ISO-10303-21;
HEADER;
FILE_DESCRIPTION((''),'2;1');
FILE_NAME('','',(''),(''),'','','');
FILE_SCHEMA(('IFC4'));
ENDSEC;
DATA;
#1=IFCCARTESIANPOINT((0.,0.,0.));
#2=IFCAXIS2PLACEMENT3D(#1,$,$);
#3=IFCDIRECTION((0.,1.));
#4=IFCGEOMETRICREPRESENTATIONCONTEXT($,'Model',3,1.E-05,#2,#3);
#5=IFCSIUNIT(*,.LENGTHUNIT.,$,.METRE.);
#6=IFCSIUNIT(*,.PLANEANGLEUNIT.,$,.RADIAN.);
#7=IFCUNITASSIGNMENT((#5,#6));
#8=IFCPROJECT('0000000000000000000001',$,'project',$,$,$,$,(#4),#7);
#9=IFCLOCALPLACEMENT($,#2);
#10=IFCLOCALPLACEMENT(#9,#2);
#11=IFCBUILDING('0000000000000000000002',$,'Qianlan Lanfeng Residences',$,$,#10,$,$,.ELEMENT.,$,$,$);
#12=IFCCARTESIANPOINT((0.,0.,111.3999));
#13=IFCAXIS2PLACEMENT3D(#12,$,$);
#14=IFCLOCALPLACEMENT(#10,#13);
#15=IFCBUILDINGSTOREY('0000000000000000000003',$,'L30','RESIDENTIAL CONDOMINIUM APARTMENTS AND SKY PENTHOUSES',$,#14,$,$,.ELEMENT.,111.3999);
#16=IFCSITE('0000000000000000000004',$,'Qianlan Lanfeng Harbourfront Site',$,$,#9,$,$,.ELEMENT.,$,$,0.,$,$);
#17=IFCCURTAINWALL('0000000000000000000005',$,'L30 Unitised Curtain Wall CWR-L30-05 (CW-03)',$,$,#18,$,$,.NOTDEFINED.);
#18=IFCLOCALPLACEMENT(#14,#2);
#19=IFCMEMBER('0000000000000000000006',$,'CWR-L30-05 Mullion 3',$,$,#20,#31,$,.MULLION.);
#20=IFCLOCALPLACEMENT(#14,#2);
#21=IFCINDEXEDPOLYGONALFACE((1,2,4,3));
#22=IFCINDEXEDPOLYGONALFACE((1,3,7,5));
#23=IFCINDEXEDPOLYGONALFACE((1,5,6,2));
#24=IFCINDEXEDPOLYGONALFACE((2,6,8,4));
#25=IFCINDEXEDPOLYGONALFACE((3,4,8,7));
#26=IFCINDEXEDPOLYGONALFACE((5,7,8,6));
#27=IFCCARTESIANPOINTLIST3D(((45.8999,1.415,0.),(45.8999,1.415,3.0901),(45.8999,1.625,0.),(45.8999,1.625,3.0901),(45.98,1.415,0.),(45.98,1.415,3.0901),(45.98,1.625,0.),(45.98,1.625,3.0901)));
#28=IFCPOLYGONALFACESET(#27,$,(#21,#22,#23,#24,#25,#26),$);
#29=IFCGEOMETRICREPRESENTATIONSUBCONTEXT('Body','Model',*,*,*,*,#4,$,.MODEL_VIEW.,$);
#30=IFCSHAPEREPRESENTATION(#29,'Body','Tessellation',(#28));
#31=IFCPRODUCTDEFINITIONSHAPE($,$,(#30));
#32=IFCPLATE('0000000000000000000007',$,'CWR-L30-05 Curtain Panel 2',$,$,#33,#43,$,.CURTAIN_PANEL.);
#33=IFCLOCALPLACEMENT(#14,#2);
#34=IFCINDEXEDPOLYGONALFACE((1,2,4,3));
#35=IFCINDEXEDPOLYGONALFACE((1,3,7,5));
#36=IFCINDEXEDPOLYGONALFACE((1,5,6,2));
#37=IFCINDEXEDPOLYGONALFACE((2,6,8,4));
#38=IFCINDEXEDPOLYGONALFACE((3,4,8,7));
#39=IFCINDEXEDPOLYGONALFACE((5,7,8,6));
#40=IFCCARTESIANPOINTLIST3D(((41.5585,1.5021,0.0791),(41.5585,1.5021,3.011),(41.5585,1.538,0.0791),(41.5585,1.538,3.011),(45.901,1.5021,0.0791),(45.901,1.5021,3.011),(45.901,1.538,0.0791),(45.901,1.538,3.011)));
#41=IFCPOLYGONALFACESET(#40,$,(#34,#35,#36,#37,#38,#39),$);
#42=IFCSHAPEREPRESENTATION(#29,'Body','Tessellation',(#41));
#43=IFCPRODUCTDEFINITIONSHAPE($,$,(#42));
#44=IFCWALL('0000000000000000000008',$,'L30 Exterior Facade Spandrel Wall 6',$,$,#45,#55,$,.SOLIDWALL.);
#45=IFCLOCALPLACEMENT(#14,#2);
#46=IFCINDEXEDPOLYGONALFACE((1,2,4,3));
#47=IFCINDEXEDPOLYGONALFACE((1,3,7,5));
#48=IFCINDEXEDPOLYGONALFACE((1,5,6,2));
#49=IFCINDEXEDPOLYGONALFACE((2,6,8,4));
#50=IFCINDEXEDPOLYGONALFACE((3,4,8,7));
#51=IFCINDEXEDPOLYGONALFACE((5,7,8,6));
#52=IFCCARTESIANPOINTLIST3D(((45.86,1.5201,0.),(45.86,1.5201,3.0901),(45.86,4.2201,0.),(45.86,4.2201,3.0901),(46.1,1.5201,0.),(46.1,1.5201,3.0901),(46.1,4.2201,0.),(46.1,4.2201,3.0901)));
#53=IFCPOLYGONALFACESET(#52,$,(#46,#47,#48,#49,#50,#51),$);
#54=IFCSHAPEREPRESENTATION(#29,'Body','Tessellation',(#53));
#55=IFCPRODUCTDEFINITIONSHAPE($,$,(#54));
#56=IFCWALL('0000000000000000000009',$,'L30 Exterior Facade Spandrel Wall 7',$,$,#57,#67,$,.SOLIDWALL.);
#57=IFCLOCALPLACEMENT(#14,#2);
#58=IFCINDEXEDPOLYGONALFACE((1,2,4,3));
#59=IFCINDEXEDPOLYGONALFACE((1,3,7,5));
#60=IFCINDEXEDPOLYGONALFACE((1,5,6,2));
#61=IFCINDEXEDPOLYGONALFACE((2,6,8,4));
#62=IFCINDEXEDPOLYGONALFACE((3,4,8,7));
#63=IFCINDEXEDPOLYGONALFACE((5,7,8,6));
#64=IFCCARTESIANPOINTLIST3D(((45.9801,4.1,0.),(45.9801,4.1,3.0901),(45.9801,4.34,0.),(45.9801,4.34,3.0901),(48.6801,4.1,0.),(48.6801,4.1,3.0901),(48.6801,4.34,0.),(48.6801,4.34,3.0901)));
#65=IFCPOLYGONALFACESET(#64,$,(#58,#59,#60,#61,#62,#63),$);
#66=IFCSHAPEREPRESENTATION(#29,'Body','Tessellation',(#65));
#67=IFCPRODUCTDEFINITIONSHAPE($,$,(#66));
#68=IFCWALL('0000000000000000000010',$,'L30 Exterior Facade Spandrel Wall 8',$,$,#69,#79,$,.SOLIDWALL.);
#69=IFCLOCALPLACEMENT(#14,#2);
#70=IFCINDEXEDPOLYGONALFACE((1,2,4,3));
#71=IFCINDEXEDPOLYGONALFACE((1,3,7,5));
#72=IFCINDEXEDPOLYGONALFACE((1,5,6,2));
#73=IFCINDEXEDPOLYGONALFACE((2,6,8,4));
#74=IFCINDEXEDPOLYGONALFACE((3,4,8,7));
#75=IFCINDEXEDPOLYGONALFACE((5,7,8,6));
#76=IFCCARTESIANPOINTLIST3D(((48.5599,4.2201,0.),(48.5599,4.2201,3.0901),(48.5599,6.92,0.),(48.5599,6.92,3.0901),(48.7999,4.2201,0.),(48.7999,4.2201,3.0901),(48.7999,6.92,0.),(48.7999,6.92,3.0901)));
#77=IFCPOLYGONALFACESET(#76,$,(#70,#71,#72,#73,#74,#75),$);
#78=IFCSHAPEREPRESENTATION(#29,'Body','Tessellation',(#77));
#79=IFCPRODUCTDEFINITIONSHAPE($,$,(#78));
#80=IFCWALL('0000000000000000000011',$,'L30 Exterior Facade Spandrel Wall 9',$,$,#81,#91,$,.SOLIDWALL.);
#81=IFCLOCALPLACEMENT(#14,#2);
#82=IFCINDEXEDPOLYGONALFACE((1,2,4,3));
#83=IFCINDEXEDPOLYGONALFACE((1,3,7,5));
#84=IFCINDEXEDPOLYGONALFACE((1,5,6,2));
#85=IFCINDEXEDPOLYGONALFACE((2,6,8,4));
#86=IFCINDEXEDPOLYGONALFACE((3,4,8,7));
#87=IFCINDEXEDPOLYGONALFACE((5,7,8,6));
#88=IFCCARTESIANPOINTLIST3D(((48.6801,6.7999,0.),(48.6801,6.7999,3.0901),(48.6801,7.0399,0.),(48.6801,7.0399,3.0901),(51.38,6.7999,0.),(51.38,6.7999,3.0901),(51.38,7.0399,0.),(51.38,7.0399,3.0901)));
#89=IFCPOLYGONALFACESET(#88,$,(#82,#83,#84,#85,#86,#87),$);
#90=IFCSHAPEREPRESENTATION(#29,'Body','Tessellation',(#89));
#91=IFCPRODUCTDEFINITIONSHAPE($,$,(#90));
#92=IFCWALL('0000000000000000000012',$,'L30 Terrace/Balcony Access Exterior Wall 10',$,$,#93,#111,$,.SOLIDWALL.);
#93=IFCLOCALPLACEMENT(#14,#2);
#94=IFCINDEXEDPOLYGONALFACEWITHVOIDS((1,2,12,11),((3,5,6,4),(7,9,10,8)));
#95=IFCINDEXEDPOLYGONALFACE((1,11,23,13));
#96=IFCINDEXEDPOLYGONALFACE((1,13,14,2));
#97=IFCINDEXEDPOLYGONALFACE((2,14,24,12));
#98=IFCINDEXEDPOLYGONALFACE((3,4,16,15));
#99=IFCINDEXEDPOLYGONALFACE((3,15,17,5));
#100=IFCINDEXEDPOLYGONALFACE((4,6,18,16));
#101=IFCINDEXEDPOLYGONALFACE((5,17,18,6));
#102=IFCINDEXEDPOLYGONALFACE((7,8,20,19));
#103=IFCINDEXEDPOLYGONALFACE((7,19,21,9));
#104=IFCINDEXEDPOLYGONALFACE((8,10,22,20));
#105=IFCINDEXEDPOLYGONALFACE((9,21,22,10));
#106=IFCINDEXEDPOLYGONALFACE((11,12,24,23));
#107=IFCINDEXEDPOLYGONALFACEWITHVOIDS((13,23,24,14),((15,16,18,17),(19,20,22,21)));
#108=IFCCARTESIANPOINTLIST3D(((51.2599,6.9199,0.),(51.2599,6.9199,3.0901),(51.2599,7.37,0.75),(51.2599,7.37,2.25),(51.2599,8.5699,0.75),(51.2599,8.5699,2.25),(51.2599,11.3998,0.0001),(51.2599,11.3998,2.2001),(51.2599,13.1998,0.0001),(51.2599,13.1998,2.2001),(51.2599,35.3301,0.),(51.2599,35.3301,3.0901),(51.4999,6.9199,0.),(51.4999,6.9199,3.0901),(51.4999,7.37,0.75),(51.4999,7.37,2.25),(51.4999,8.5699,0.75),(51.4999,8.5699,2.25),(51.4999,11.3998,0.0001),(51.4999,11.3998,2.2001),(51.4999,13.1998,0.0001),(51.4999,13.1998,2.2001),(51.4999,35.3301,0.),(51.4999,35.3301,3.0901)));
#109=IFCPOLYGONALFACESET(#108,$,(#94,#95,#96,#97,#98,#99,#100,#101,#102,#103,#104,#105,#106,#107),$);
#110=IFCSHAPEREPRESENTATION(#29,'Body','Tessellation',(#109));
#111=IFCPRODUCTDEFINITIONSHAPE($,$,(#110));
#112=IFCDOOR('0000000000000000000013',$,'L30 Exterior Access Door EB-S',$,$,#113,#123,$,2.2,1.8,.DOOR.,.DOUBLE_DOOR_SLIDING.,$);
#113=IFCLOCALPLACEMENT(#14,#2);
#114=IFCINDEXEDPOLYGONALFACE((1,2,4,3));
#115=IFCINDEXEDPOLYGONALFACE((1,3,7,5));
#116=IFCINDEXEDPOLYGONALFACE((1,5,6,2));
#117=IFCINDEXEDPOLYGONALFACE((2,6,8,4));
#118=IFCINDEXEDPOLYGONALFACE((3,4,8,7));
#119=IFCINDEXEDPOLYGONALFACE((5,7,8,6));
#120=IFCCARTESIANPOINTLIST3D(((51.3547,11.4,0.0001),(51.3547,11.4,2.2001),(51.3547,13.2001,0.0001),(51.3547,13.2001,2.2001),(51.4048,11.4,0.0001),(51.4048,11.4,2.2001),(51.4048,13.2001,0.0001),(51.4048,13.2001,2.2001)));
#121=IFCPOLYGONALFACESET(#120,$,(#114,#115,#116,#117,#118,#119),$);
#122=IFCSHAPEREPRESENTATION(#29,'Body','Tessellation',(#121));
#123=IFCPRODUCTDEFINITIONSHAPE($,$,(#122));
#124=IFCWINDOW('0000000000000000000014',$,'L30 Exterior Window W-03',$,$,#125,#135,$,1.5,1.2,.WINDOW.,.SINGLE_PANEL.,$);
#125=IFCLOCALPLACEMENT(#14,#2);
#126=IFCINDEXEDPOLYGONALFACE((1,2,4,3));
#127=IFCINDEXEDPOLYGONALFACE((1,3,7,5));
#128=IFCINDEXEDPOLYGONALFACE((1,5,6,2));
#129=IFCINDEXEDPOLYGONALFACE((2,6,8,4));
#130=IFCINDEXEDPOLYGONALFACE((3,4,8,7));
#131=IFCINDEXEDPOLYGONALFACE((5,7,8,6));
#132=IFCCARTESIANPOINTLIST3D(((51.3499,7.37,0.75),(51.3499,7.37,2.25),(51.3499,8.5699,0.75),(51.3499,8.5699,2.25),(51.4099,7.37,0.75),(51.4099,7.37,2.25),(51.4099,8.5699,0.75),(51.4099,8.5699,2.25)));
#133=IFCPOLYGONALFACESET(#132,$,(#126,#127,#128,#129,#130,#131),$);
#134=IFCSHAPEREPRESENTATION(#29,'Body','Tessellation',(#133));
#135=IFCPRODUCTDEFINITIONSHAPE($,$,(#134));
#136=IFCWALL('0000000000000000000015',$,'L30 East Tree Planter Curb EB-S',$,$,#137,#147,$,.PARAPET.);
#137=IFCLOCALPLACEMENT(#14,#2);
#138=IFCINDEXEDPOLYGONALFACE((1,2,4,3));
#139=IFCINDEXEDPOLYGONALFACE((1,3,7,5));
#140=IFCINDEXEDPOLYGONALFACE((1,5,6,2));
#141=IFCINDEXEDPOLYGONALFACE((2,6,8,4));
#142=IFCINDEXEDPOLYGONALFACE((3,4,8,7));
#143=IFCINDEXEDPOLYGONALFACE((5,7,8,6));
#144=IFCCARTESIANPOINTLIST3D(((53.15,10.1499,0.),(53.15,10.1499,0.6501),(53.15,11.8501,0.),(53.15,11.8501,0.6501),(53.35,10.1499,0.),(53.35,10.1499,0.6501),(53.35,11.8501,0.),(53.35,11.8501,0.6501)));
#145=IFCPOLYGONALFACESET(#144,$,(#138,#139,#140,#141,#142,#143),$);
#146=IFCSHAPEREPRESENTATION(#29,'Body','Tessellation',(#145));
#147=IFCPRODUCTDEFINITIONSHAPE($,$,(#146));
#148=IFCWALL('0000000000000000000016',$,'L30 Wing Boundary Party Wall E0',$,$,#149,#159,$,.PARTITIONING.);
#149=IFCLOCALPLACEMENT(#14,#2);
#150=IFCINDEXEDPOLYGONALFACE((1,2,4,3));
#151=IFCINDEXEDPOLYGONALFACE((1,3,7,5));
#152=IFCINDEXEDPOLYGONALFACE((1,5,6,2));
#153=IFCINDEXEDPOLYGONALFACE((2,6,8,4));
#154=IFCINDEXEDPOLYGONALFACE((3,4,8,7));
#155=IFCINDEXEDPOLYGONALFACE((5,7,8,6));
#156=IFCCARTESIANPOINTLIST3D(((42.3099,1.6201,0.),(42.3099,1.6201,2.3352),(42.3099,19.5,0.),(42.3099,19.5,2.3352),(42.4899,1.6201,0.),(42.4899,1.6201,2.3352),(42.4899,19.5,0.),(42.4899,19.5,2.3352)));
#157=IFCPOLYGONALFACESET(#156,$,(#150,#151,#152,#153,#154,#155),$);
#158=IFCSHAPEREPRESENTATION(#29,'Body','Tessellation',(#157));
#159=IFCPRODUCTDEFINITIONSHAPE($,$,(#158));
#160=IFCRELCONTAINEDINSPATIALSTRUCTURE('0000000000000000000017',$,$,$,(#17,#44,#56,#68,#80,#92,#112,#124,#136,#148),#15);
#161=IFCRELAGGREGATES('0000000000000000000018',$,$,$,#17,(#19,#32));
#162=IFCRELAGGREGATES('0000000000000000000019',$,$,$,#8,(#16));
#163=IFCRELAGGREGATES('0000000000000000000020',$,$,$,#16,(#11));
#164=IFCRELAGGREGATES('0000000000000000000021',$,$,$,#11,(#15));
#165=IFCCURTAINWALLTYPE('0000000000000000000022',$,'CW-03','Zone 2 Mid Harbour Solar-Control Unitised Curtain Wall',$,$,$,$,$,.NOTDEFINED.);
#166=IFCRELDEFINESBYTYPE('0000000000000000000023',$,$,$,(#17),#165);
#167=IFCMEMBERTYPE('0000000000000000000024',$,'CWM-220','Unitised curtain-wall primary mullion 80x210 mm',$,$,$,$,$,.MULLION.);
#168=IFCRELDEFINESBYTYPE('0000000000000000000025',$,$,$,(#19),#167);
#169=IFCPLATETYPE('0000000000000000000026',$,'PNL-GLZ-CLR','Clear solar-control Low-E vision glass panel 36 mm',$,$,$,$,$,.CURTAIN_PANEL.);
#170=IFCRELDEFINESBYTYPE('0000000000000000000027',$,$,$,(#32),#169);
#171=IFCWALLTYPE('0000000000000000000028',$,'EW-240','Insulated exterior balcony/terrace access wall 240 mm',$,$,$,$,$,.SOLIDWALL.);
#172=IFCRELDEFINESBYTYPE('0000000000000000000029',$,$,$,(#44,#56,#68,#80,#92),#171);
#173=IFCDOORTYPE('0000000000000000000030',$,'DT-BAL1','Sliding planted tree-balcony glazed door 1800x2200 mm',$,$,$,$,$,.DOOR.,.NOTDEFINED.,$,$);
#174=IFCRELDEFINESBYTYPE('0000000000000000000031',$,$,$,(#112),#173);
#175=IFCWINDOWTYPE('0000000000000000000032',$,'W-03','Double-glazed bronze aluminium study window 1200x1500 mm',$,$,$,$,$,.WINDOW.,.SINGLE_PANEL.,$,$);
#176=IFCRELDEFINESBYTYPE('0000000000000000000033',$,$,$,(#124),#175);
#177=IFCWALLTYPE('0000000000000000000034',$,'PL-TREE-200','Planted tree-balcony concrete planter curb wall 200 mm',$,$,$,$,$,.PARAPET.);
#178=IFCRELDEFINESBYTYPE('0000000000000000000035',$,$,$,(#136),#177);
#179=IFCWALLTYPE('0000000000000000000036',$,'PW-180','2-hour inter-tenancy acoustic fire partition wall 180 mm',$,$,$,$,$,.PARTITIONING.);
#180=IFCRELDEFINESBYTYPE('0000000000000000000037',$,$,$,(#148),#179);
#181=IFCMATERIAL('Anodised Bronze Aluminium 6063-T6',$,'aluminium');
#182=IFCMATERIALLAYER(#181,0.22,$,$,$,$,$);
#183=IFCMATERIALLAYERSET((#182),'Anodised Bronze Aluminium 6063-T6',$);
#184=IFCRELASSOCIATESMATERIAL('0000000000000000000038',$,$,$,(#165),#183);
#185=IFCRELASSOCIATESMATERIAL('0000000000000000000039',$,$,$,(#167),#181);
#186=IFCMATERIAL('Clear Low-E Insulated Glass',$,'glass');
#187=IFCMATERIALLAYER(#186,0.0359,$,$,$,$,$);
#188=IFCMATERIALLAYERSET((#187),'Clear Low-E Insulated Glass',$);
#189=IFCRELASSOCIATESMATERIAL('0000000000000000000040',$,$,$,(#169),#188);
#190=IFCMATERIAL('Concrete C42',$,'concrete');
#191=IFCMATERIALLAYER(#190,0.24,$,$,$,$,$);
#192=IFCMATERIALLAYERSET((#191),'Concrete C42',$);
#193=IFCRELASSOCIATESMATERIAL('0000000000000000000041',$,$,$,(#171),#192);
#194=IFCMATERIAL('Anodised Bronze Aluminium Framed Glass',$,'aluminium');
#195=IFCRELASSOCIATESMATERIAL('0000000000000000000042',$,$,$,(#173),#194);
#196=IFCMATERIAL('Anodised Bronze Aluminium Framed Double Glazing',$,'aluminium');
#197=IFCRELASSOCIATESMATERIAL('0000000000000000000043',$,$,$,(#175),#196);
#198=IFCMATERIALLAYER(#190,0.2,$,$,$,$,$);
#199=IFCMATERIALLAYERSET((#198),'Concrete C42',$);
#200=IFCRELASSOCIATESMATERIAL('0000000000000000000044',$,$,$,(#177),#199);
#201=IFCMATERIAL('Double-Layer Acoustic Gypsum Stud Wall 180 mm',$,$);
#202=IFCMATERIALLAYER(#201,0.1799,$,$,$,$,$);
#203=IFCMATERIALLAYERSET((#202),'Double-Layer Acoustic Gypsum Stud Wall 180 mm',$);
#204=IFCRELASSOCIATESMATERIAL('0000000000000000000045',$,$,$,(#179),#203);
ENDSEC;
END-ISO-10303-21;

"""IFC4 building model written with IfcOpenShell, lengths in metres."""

from ifc_helpers import new_model, si_unit, direction, frame, frame_2d, origin, origin_2d, place, context, subcontext, project, spatial, rectangle, extrude, source, transform, mapped, material, layer, layer_set, material_profile, profile_set, type_object, element, fill, aggregate, save


model = new_model("IFC4")

# Units and contexts
model_context = context("Model", 3, precision=1e-05, world=origin(), true_north=direction((0.0, 1.0)))
body_context = subcontext(model_context, "Body", "Model", "MODEL_VIEW")
ifc_project = project(units=[si_unit("LENGTHUNIT", "METRE"), si_unit("PLANEANGLEUNIT", "RADIAN")], contexts=[model_context])

# Site, building, storey
site_placement = place(None, origin())
site = spatial("IfcSite", under=ifc_project, at=site_placement, Name="Qianlan Lanfeng Harbourfront Site", CompositionType="ELEMENT", RefElevation=0.0)
building_placement = place(site_placement, origin())
building = spatial("IfcBuilding", under=site, at=building_placement, Name="Qianlan Lanfeng Residences", CompositionType="ELEMENT")
storey_placement = place(building_placement, frame((0.0, 0.0, 111.3999)))
storey = spatial("IfcBuildingStorey", under=building, at=storey_placement, Name="L30", Description="RESIDENTIAL CONDOMINIUM APARTMENTS AND SKY PENTHOUSES", CompositionType="ELEMENT", Elevation=111.3999)

# Curtain wall, member, plate
ifc_material_1 = material(Name="Anodised Bronze Aluminium 6063-T6", Category="aluminium")
ifc_layer_1 = layer(ifc_material_1, 0.22)
ifc_layer_set_1 = layer_set([ifc_layer_1], Name="Anodised Bronze Aluminium 6063-T6")
curtain_wall_type = type_object("IfcCurtainWallType", Name="CW-03", Description="Zone 2 Mid Harbour Solar-Control Unitised Curtain Wall", PredefinedType="NOTDEFINED", material=ifc_layer_set_1)
curtain_wall_placement = place(storey_placement, origin())
curtain_wall = element("IfcCurtainWall", 1, at=curtain_wall_placement, inside=storey, type_object=curtain_wall_type, Name="L30 Unitised Curtain Wall CWR-L30-05 (CW-03)", PredefinedType="NOTDEFINED")
ifc_material_profile_1 = material_profile(ifc_material_1, rectangle(XDim=0.0801, YDim=0.21, at=origin_2d()), Name="ALU MULLION 80x210")
ifc_profile_set_1 = profile_set([ifc_material_profile_1], Name="Anodised Bronze Aluminium 6063-T6")
member_type_1 = type_object("IfcMemberType", Name="CWM-220", Description="Unitised curtain-wall primary mullion 80x210 mm", PredefinedType="MULLION", material=ifc_profile_set_1)
shared_shape_1 = source(origin(), body_context, "Body", "SweptSolid", [
    extrude(rectangle(XDim=0.0801, YDim=0.21, at=origin_2d()), origin(), (0.0, 0.0, 1.0), 3.0901),
])
member_1_placement = place(storey_placement, frame((45.9399, 1.52, 0.0), z_axis=(0.0, 0.0, 1.0), x_axis=(1.0, 0.0, 0.0)))
member_1 = element("IfcMember", 2, at=member_1_placement, type_object=member_type_1, Name="CWR-L30-05 Mullion 3", PredefinedType="MULLION", context=body_context, shape_type="MappedRepresentation", body=[
    mapped(shared_shape_1, transform((0.0, 0.0, 0.0), scale=1.0)),
])
ifc_material_2 = material(Name="Clear Low-E Insulated Glass", Category="glass")
ifc_layer_2 = layer(ifc_material_2, 0.0359)
ifc_layer_set_2 = layer_set([ifc_layer_2], Name="Clear Low-E Insulated Glass")
plate_type = type_object("IfcPlateType", Name="PNL-GLZ-CLR", Description="Clear solar-control Low-E vision glass panel 36 mm", PredefinedType="CURTAIN_PANEL", material=ifc_layer_set_2)
shared_shape_2 = source(origin(), body_context, "Body", "SweptSolid", [
    extrude(rectangle(XDim=4.3425, YDim=0.0359, at=origin_2d()), origin(), (0.0, 0.0, 1.0), 2.9319),
])
plate_placement = place(storey_placement, frame((43.7297, 1.52, 0.0791), z_axis=(0.0, 0.0, 1.0), x_axis=(1.0, 0.0, 0.0)))
plate = element("IfcPlate", 3, at=plate_placement, type_object=plate_type, Name="CWR-L30-05 Curtain Panel 2", PredefinedType="CURTAIN_PANEL", context=body_context, shape_type="MappedRepresentation", body=[
    mapped(shared_shape_2, transform((0.0, 0.0, 0.0), scale=1.0)),
])
aggregate(curtain_wall, [member_1, plate])

# Walls
ifc_material_3 = material(Name="Concrete C42", Category="concrete")
ifc_layer_3 = layer(ifc_material_3, 0.24)
ifc_layer_set_3 = layer_set([ifc_layer_3], Name="Concrete C42")
wall_type_1 = type_object("IfcWallType", Name="EW-240", Description="Insulated exterior balcony/terrace access wall 240 mm", PredefinedType="SOLIDWALL", material=ifc_layer_set_3)
for number, where, z_axis, x_axis, name in (
    (4, (45.98, 1.52, 0.0), (0.0, 0.0, 1.0), (0.0, 1.0, 0.0), "L30 Exterior Facade Spandrel Wall 6"),
    (5, (45.98, 4.22, 0.0), (0.0, 0.0, 1.0), (1.0, 0.0, 0.0), "L30 Exterior Facade Spandrel Wall 7"),
    (6, (48.6799, 4.22, 0.0), (0.0, 0.0, 1.0), (0.0, 1.0, 0.0), "L30 Exterior Facade Spandrel Wall 8"),
    (7, (48.6799, 6.9199, 0.0), (0.0, 0.0, 1.0), (1.0, 0.0, 0.0), "L30 Exterior Facade Spandrel Wall 9"),
):
    element("IfcWall", number, at=place(storey_placement, frame(where, z_axis=z_axis, x_axis=x_axis)), inside=storey, type_object=wall_type_1, Name=name, PredefinedType="SOLIDWALL", context=body_context, shape_type="SweptSolid", body=[
        extrude(rectangle(XDim=2.7, YDim=0.24, at=frame_2d((1.3501, 0.0))), origin(), (0.0, 0.0, 1.0), 3.0901),
    ])

# Wall, openings, door, window
wall_1_placement = place(storey_placement, frame((51.3799, 6.9199, 0.0), z_axis=(0.0, 0.0, 1.0), x_axis=(0.0, 1.0, 0.0)))
wall_1 = element("IfcWall", 8, at=wall_1_placement, inside=storey, type_object=wall_type_1, Name="L30 Terrace/Balcony Access Exterior Wall 10", PredefinedType="SOLIDWALL", context=body_context, shape_type="SweptSolid", body=[
    extrude(rectangle(XDim=28.4102, YDim=0.24, at=frame_2d((14.2051, 0.0))), origin(), (0.0, 0.0, 1.0), 3.0901),
])
opening_1_placement = place(wall_1_placement, frame((4.48, 0.0, 0.0)))
opening_1 = element("IfcOpeningElement", 9, at=opening_1_placement, cuts=wall_1, PredefinedType="OPENING", context=body_context, shape_type="SweptSolid", body=[
    extrude(rectangle(XDim=1.8, YDim=2.2, at=frame_2d((0.8999, 1.1001))), frame((0.0, 0.1299, 0.0), z_axis=(0.0, -1.0, 0.0), x_axis=(1.0, 0.0, 0.0)), (0.0, 0.0, 1.0), 0.26),
])
opening_2_placement = place(wall_1_placement, frame((0.45, 0.0, 0.75)))
opening_2 = element("IfcOpeningElement", 10, at=opening_2_placement, cuts=wall_1, PredefinedType="OPENING", context=body_context, shape_type="SweptSolid", body=[
    extrude(rectangle(XDim=1.2, YDim=1.5, at=frame_2d((0.6001, 0.75))), frame((0.0, 0.1299, 0.0), z_axis=(0.0, -1.0, 0.0), x_axis=(1.0, 0.0, 0.0)), (0.0, 0.0, 1.0), 0.26),
])
ifc_material_4 = material(Name="Anodised Bronze Aluminium Framed Glass", Category="aluminium")
door_type = type_object("IfcDoorType", Name="DT-BAL1", Description="Sliding planted tree-balcony glazed door 1800x2200 mm", OperationType="NOTDEFINED", PredefinedType="DOOR", material=ifc_material_4)
door_placement = place(opening_1_placement, frame((1.8, 0.0, 0.0), z_axis=(0.0, 0.0, 1.0), x_axis=(-1.0, 0.0, 0.0)))
door = element("IfcDoor", 11, at=door_placement, inside=storey, type_object=door_type, Name="L30 Exterior Access Door EB-S", OperationType="DOUBLE_DOOR_SLIDING", OverallHeight=2.2, OverallWidth=1.8, PredefinedType="DOOR", context=body_context, shape_type="SweptSolid", body=[
    extrude(rectangle(XDim=1.8, YDim=2.2, at=frame_2d((0.8999, 1.1001))), frame((0.0, 0.0249, 0.0), z_axis=(0.0, -1.0, 0.0), x_axis=(1.0, 0.0, 0.0)), (0.0, 0.0, 1.0), 0.05),
])
fill(opening_1, door)
ifc_material_5 = material(Name="Anodised Bronze Aluminium Framed Double Glazing", Category="aluminium")
window_type = type_object("IfcWindowType", Name="W-03", Description="Double-glazed bronze aluminium study window 1200x1500 mm", PartitioningType="SINGLE_PANEL", PredefinedType="WINDOW", material=ifc_material_5)
window_placement = place(opening_2_placement, origin())
window = element("IfcWindow", 12, at=window_placement, inside=storey, type_object=window_type, Name="L30 Exterior Window W-03", OverallHeight=1.5, OverallWidth=1.2, PartitioningType="SINGLE_PANEL", PredefinedType="WINDOW", context=body_context, shape_type="SweptSolid", body=[
    extrude(rectangle(XDim=1.2, YDim=1.5, at=frame_2d((0.6001, 0.75))), frame((0.0, 0.03, 0.0), z_axis=(0.0, -1.0, 0.0), x_axis=(1.0, 0.0, 0.0)), (0.0, 0.0, 1.0), 0.0601),
])
fill(opening_2, window)

# Walls
ifc_layer_4 = layer(ifc_material_3, 0.2)
ifc_layer_set_4 = layer_set([ifc_layer_4], Name="Concrete C42")
wall_type_2 = type_object("IfcWallType", Name="PL-TREE-200", Description="Planted tree-balcony concrete planter curb wall 200 mm", PredefinedType="PARAPET", material=ifc_layer_set_4)
wall_2_placement = place(storey_placement, frame((53.25, 10.1499, 0.0), z_axis=(0.0, 0.0, 1.0), x_axis=(0.0, 1.0, 0.0)))
element("IfcWall", 13, at=wall_2_placement, inside=storey, type_object=wall_type_2, Name="L30 East Tree Planter Curb EB-S", PredefinedType="PARAPET", context=body_context, shape_type="SweptSolid", body=[
    extrude(rectangle(XDim=1.7002, YDim=0.2, at=frame_2d((0.8501, 0.0))), origin(), (0.0, 0.0, 1.0), 0.6501),
])
ifc_material_6 = material(Name="Double-Layer Acoustic Gypsum Stud Wall 180 mm")
ifc_layer_5 = layer(ifc_material_6, 0.1799)
ifc_layer_set_5 = layer_set([ifc_layer_5], Name="Double-Layer Acoustic Gypsum Stud Wall 180 mm")
wall_type_3 = type_object("IfcWallType", Name="PW-180", Description="2-hour inter-tenancy acoustic fire partition wall 180 mm", PredefinedType="PARTITIONING", material=ifc_layer_set_5)
wall_3_placement = place(storey_placement, frame((42.3999, 1.6201, 0.0), z_axis=(0.0, 0.0, 1.0), x_axis=(0.0, 1.0, 0.0)))
element("IfcWall", 14, at=wall_3_placement, inside=storey, type_object=wall_type_3, Name="L30 Wing Boundary Party Wall E0", PredefinedType="PARTITIONING", context=body_context, shape_type="SweptSolid", body=[
    extrude(rectangle(XDim=17.8799, YDim=0.1799, at=frame_2d((8.9399, 0.0))), origin(), (0.0, 0.0, 1.0), 2.3352),
])

save(model, "model.ifc")
